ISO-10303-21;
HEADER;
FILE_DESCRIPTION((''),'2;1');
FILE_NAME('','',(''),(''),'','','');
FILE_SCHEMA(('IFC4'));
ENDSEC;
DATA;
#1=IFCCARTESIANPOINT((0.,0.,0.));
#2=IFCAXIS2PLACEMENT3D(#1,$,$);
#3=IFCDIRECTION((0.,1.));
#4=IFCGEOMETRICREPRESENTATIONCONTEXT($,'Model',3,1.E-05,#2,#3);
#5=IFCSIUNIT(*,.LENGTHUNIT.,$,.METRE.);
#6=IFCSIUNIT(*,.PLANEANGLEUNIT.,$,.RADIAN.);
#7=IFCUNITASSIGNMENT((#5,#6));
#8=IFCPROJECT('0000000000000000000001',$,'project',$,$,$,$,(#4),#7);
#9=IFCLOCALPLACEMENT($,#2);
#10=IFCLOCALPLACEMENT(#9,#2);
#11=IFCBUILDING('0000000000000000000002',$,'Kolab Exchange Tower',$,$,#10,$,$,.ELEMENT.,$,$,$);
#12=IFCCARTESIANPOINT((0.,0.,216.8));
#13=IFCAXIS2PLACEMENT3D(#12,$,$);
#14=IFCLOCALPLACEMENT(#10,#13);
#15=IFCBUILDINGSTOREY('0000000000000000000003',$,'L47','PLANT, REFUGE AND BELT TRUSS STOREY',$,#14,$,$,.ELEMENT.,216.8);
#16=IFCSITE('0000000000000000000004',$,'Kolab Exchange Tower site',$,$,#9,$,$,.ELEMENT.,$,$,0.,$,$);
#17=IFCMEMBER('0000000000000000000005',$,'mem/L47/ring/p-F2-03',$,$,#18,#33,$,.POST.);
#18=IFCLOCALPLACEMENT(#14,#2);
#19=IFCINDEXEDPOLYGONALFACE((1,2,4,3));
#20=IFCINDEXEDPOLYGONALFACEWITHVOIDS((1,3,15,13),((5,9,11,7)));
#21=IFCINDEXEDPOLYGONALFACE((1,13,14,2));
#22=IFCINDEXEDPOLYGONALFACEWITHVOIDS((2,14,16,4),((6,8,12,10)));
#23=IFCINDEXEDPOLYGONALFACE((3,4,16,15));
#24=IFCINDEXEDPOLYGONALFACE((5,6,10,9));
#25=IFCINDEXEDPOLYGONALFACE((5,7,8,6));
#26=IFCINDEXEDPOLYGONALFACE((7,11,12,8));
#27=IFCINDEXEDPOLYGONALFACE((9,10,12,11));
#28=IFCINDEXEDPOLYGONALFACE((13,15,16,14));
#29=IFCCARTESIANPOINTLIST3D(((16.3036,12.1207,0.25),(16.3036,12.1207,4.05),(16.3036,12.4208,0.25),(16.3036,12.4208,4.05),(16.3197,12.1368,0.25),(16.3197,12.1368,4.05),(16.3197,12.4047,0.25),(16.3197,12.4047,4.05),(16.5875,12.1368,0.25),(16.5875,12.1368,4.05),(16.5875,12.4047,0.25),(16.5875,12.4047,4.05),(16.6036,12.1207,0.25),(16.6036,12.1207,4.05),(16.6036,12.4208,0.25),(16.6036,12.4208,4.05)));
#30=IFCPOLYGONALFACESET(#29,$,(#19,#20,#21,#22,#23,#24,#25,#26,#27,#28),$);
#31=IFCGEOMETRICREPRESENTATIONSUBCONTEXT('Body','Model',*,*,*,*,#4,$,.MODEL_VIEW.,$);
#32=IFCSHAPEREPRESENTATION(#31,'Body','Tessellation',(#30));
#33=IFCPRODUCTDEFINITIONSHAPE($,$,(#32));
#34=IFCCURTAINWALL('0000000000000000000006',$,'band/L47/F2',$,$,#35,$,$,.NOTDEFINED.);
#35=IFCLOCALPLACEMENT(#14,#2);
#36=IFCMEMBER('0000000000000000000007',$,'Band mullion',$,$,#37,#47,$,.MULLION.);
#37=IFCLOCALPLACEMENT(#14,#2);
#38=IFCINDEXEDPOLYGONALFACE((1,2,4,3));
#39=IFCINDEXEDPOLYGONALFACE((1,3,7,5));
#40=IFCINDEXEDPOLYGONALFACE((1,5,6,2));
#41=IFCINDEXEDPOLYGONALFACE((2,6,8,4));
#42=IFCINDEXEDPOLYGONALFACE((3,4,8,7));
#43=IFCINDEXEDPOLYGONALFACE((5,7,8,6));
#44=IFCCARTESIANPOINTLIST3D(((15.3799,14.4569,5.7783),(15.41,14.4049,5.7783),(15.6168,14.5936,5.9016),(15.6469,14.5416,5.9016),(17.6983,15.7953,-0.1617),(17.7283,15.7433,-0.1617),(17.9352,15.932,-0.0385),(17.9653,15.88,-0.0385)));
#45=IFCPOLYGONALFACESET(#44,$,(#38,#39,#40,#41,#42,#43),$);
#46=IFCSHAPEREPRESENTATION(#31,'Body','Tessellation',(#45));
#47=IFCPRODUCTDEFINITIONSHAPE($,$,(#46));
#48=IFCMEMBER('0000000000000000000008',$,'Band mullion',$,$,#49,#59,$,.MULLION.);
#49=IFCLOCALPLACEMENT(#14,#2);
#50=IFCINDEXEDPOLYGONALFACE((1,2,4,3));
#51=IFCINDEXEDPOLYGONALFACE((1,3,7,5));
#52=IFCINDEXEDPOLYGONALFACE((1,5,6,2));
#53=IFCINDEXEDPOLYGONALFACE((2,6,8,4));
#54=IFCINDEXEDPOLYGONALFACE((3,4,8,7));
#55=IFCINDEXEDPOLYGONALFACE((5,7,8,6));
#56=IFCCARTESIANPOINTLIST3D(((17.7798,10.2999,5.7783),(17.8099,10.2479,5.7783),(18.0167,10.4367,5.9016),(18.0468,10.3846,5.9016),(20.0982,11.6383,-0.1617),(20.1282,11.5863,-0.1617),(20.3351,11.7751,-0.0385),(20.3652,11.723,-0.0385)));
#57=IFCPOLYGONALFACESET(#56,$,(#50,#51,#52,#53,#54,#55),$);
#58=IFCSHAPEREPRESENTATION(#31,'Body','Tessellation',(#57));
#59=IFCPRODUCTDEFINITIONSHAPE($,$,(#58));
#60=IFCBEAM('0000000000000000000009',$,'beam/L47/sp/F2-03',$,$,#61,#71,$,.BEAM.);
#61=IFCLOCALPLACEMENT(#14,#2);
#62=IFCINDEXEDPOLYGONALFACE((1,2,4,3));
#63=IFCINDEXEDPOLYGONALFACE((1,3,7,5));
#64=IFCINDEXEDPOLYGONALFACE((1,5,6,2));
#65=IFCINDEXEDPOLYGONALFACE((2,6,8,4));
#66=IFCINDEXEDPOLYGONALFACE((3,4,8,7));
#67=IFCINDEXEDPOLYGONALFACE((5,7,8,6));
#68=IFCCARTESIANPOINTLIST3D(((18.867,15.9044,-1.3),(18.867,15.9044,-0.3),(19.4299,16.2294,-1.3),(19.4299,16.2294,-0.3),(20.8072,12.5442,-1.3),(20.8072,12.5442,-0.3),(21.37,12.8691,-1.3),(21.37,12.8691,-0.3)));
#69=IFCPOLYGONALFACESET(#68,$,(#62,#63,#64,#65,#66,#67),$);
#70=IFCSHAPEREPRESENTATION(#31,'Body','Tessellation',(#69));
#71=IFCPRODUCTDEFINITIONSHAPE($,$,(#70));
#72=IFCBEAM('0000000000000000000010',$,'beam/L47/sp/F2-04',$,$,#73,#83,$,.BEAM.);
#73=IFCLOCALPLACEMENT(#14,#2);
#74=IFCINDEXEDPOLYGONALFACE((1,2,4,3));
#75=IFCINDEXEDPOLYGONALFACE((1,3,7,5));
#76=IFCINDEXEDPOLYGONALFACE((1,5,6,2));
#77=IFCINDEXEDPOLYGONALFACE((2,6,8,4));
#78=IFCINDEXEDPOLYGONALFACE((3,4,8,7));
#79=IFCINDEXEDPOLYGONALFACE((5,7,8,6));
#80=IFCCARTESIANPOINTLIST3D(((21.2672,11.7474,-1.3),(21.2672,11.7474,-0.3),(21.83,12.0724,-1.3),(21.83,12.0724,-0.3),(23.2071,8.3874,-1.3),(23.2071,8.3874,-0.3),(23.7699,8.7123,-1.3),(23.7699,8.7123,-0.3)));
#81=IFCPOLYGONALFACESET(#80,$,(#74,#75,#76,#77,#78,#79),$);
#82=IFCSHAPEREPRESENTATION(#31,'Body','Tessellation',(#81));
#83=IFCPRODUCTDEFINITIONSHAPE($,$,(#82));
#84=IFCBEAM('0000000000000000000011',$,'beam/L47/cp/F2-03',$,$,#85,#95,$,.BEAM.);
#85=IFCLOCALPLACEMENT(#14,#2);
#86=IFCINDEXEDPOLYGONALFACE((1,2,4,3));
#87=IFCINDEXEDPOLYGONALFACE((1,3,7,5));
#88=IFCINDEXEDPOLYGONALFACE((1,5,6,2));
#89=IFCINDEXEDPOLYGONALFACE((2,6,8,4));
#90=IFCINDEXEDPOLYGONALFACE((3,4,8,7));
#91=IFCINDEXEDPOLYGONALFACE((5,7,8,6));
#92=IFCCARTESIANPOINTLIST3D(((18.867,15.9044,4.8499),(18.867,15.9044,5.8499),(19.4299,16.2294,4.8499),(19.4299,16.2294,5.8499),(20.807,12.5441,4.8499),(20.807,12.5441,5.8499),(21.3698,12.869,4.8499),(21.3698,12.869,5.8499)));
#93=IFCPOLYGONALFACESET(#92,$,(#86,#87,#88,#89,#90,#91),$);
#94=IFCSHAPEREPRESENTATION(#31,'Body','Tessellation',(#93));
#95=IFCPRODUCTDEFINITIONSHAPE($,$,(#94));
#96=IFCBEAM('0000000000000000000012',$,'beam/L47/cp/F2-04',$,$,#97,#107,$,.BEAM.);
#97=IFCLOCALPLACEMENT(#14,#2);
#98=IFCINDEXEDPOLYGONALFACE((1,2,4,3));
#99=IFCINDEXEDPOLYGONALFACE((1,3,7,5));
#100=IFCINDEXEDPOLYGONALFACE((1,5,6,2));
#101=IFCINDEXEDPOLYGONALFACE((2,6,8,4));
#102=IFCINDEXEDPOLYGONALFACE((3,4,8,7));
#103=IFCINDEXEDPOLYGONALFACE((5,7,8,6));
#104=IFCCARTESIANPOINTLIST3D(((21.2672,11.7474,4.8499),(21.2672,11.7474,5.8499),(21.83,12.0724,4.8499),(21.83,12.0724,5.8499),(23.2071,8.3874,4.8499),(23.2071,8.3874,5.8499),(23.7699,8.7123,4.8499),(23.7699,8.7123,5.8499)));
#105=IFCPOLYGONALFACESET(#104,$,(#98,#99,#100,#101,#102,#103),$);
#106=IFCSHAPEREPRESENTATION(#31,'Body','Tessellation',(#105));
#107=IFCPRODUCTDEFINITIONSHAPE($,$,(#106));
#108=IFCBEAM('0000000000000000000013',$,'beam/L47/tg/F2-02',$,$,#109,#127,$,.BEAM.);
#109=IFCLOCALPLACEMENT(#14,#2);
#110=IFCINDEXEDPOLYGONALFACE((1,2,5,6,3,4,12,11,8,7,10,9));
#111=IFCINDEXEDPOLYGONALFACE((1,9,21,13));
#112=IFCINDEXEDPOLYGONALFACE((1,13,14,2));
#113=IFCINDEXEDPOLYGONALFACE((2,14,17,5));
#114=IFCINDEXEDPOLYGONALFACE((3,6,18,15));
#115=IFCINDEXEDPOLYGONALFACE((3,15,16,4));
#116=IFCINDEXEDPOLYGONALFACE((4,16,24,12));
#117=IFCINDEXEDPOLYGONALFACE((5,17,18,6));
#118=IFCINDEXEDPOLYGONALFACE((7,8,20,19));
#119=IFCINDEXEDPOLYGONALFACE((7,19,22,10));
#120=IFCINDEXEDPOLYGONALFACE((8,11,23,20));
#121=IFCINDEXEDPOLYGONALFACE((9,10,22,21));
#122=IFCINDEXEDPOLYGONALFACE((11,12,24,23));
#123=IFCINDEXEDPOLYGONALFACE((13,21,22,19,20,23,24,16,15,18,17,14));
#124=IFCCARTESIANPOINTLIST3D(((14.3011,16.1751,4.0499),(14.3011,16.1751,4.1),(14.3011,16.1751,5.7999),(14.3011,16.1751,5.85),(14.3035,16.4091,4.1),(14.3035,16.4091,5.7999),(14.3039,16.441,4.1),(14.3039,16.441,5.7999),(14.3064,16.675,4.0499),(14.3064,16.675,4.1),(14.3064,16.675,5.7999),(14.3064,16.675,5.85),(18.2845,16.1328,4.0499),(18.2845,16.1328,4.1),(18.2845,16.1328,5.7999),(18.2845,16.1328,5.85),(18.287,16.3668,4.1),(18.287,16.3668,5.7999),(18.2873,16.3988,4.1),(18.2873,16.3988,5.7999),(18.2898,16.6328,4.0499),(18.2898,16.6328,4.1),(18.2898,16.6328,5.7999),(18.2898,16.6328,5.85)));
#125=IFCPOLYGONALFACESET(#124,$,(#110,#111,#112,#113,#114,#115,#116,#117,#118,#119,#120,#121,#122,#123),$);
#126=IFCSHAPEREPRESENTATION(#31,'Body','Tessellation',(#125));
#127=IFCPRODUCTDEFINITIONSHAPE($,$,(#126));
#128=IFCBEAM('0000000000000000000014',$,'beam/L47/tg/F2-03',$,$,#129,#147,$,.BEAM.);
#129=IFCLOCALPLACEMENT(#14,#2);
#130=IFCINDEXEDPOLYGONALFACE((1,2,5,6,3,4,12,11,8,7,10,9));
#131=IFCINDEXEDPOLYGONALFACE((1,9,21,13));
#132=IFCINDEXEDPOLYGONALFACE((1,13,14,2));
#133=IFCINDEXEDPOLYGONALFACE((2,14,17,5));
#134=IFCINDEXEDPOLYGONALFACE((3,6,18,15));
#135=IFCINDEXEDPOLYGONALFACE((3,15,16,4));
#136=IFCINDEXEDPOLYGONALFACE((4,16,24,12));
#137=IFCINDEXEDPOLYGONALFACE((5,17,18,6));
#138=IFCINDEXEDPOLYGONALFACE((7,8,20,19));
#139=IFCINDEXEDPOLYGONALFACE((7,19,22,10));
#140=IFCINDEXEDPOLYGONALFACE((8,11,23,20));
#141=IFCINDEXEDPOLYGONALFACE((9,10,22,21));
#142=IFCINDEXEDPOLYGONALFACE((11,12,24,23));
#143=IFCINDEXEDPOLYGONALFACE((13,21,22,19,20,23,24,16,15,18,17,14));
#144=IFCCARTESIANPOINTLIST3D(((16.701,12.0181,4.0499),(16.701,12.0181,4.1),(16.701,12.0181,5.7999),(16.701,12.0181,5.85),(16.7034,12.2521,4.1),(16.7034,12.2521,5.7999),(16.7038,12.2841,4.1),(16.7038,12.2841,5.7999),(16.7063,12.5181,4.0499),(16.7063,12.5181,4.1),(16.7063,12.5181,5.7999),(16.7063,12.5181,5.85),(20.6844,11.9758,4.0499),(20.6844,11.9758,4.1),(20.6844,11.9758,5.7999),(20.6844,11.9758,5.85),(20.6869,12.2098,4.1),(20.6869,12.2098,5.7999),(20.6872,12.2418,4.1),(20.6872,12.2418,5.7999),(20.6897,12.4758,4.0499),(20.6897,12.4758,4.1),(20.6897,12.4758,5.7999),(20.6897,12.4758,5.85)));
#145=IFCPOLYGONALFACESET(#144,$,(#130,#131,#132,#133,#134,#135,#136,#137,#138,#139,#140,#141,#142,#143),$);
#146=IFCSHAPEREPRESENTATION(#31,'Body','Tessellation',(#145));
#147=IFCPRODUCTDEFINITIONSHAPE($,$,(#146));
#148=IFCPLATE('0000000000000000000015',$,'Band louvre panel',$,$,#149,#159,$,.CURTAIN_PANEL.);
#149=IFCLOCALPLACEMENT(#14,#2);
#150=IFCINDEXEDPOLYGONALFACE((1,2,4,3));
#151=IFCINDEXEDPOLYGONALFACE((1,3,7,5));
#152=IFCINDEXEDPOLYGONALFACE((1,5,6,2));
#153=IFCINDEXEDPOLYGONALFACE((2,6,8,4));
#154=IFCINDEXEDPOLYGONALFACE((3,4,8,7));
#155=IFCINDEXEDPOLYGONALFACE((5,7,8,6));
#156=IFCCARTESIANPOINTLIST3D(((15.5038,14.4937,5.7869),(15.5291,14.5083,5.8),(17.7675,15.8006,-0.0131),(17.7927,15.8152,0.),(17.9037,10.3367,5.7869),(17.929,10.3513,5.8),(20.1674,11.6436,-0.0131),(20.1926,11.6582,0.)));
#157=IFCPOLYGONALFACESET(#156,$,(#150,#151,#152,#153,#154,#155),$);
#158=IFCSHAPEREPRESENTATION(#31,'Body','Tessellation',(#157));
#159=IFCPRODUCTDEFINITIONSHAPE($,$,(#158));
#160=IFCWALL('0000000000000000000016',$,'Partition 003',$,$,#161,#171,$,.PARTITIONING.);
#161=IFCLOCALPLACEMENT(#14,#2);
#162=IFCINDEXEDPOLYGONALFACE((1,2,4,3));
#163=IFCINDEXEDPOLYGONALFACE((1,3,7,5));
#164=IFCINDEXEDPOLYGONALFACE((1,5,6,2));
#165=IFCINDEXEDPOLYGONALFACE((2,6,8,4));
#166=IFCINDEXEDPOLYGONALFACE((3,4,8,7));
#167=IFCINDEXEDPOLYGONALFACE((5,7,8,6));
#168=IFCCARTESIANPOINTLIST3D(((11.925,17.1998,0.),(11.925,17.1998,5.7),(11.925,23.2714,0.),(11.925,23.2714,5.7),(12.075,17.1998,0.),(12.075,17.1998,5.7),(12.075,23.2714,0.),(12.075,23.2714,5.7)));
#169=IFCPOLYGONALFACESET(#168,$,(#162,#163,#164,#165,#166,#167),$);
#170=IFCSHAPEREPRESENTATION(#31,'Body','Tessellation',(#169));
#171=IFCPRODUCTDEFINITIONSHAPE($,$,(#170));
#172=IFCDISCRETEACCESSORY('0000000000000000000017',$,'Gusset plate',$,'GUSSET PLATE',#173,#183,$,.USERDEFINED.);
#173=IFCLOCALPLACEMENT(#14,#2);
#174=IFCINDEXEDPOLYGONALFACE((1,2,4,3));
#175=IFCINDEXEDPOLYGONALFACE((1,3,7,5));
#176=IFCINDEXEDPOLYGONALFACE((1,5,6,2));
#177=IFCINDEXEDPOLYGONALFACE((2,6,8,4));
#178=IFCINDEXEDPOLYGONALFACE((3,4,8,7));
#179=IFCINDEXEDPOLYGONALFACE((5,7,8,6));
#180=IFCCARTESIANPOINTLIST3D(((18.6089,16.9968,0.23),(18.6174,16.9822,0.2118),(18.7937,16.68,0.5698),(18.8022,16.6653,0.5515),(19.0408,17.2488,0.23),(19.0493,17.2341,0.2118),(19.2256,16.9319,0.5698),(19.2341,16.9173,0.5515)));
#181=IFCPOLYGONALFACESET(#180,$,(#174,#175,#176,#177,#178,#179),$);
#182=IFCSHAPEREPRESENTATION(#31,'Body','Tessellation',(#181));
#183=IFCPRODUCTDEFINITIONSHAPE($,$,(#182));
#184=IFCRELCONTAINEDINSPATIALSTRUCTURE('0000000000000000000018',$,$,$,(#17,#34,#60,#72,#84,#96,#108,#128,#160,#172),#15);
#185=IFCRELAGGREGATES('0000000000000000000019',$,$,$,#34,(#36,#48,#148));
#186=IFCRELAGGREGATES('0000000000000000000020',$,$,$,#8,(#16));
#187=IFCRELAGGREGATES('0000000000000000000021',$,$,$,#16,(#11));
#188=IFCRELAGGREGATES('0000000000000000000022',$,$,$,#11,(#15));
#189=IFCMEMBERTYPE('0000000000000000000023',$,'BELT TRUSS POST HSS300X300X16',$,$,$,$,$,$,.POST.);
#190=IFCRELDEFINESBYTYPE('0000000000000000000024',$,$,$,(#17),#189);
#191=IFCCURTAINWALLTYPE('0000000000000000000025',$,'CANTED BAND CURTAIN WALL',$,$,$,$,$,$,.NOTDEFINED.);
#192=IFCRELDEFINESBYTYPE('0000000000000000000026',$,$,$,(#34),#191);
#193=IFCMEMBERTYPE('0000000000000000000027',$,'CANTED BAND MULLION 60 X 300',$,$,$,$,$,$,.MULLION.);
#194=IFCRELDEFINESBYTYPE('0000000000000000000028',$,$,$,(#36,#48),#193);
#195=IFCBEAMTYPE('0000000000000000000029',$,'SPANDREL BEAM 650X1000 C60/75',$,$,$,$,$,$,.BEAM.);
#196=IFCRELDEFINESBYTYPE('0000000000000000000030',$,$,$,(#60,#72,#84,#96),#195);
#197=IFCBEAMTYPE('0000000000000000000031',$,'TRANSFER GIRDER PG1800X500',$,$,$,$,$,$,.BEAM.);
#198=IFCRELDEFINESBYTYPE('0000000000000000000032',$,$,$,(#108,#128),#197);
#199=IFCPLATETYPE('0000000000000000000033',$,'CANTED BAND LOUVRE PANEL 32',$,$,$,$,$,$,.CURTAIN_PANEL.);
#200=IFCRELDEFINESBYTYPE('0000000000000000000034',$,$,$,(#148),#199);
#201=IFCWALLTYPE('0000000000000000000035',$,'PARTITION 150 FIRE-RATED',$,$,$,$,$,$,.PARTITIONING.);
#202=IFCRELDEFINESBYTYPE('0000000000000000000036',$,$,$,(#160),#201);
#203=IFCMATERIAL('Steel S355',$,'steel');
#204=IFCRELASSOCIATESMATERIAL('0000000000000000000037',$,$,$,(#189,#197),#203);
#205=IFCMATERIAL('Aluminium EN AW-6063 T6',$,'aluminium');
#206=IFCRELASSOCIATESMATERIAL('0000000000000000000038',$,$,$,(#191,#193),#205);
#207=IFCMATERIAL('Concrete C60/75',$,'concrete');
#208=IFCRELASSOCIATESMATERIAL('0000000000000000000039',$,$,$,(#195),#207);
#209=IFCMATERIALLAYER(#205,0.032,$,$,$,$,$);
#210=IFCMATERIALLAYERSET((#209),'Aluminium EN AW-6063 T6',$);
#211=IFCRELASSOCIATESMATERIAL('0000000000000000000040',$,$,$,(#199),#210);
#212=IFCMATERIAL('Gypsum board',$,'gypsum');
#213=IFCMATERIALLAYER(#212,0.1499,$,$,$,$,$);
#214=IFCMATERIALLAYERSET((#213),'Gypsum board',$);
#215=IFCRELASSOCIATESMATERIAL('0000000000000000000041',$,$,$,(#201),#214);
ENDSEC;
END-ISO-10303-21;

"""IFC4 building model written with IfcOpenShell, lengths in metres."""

from ifc_helpers import new_model, si_unit, direction, frame, frame_2d, origin, origin_2d, place, context, subcontext, project, spatial, polyline, rectangle, hollow_rectangle, i_section, outline, extrude, material, layer, layer_set, material_profile, profile_set, type_object, element, aggregate, save


model = new_model("IFC4")

# Units and contexts
model_context = context("Model", 3, precision=1e-05, world=origin(), true_north=direction((0.0, 1.0)))
body_context = subcontext(model_context, "Body", "Model", "MODEL_VIEW")
ifc_project = project(units=[si_unit("LENGTHUNIT", "METRE"), si_unit("PLANEANGLEUNIT", "RADIAN")], contexts=[model_context])

# Site, building, storey
site_placement = place(None, origin())
site = spatial("IfcSite", under=ifc_project, at=site_placement, Name="Kolab Exchange Tower site", CompositionType="ELEMENT", RefElevation=0.0)
building_placement = place(site_placement, origin())
building = spatial("IfcBuilding", under=site, at=building_placement, Name="Kolab Exchange Tower", CompositionType="ELEMENT")
storey_placement = place(building_placement, frame((0.0, 0.0, 216.8)))
storey = spatial("IfcBuildingStorey", under=building, at=storey_placement, Name="L47", Description="PLANT, REFUGE AND BELT TRUSS STOREY", CompositionType="ELEMENT", Elevation=216.8)

# Shared definitions
ifc_material_1 = material(Name="Concrete C60/75", Category="concrete")

# Shared definitions
ifc_material_2 = material(Name="Steel S355", Category="steel")

# Member
ifc_material_profile_1 = material_profile(ifc_material_2, hollow_rectangle(XDim=0.3, YDim=0.3, WallThickness=0.0161, at=origin_2d()), Name="HSS300X300X16")
ifc_profile_set_1 = profile_set([ifc_material_profile_1], Name="Steel S355")
member_type_1 = type_object("IfcMemberType", Name="BELT TRUSS POST HSS300X300X16", PredefinedType="POST", material=ifc_profile_set_1)
for number, where, z_axis, x_axis, name in (
    (1, (16.4536, 12.2708, 0.25), (0.0, 0.0, 1.0), (1.0, 0.0, 0.0), "mem/L47/ring/p-F2-03"),
):
    element("IfcMember", number, at=place(storey_placement, frame(where, z_axis=z_axis, x_axis=x_axis)), inside=storey, type_object=member_type_1, Name=name, PredefinedType="POST", context=body_context, shape_type="SweptSolid", body=[
        extrude(hollow_rectangle(XDim=0.3, YDim=0.3, WallThickness=0.0161, at=origin_2d()), origin(), (0.0, 0.0, 1.0), 3.8),
    ])

# Curtain wall, members
ifc_material_3 = material(Name="Aluminium EN AW-6063 T6", Category="aluminium")
curtain_wall_type = type_object("IfcCurtainWallType", Name="CANTED BAND CURTAIN WALL", PredefinedType="NOTDEFINED", material=ifc_material_3)
curtain_wall_placement = place(storey_placement, origin())
curtain_wall = element("IfcCurtainWall", 2, at=curtain_wall_placement, inside=storey, type_object=curtain_wall_type, Name="band/L47/F2", PredefinedType="NOTDEFINED")
ifc_material_profile_2 = material_profile(ifc_material_3, rectangle(XDim=0.0601, YDim=0.3, at=origin_2d()), Name="RECT 60X300")
ifc_profile_set_2 = profile_set([ifc_material_profile_2], Name="Aluminium EN AW-6063 T6")
member_type_2 = type_object("IfcMemberType", Name="CANTED BAND MULLION 60 X 300", PredefinedType="MULLION", material=ifc_profile_set_2)
member_1_placement = place(storey_placement, frame((17.8318, 15.8376, -0.1001), z_axis=(-0.355834, -0.205421, 0.911693), x_axis=(0.499965, -0.866046, 0.0)))
member_1 = element("IfcMember", 3, at=member_1_placement, type_object=member_type_2, Name="Band mullion", PredefinedType="MULLION", context=body_context, shape_type="SweptSolid", body=[
    extrude(rectangle(XDim=0.0601, YDim=0.3, at=origin_2d()), origin(), (0.0, 0.0, 1.0), 6.5154),
])
member_2_placement = place(storey_placement, frame((20.2317, 11.6807, -0.1001), z_axis=(-0.355834, -0.205421, 0.911693), x_axis=(0.499965, -0.866046, 0.0)))
member_2 = element("IfcMember", 4, at=member_2_placement, type_object=member_type_2, Name="Band mullion", PredefinedType="MULLION", context=body_context, shape_type="SweptSolid", body=[
    extrude(rectangle(XDim=0.0601, YDim=0.3, at=origin_2d()), origin(), (0.0, 0.0, 1.0), 6.5154),
])

# Beams
ifc_material_profile_3 = material_profile(ifc_material_1, rectangle(XDim=0.6499, YDim=1.0, at=origin_2d()), Name="RC650X1000")
ifc_profile_set_3 = profile_set([ifc_material_profile_3], Name="Concrete C60/75")
beam_type_1 = type_object("IfcBeamType", Name="SPANDREL BEAM 650X1000 C60/75", PredefinedType="BEAM", material=ifc_profile_set_3)
beam_1_placement = place(storey_placement, frame((19.1484, 16.0669, -0.8), z_axis=(0.500017, -0.866016, 0.0), x_axis=(0.866016, 0.500017, 0.0)))
element("IfcBeam", 5, at=beam_1_placement, inside=storey, type_object=beam_type_1, Name="beam/L47/sp/F2-03", PredefinedType="BEAM", context=body_context, shape_type="SweptSolid", body=[
    extrude(rectangle(XDim=0.6499, YDim=1.0, at=origin_2d()), origin(), (0.0, 0.0, 1.0), 3.8801),
])
beam_2_placement = place(storey_placement, frame((21.5486, 11.9099, -0.8), z_axis=(0.499997, -0.866027, 0.0), x_axis=(0.866027, 0.499997, 0.0)))
element("IfcBeam", 6, at=beam_2_placement, inside=storey, type_object=beam_type_1, Name="beam/L47/sp/F2-04", PredefinedType="BEAM", context=body_context, shape_type="SweptSolid", body=[
    extrude(rectangle(XDim=0.6499, YDim=1.0, at=origin_2d()), origin(), (0.0, 0.0, 1.0), 3.8799),
])
beam_3_placement = place(storey_placement, frame((19.1484, 16.0669, 5.3499), z_axis=(0.499969, -0.866043, 0.0), x_axis=(0.866043, 0.499969, 0.0)))
element("IfcBeam", 7, at=beam_3_placement, inside=storey, type_object=beam_type_1, Name="beam/L47/cp/F2-03", PredefinedType="BEAM", context=body_context, shape_type="SweptSolid", body=[
    extrude(rectangle(XDim=0.6499, YDim=1.0, at=origin_2d()), origin(), (0.0, 0.0, 1.0), 3.8801),
])
beam_4_placement = place(storey_placement, frame((21.5486, 11.9099, 5.3499), z_axis=(0.499997, -0.866027, 0.0), x_axis=(0.866027, 0.499997, 0.0)))
element("IfcBeam", 8, at=beam_4_placement, inside=storey, type_object=beam_type_1, Name="beam/L47/cp/F2-04", PredefinedType="BEAM", context=body_context, shape_type="SweptSolid", body=[
    extrude(rectangle(XDim=0.6499, YDim=1.0, at=origin_2d()), origin(), (0.0, 0.0, 1.0), 3.8799),
])
ifc_material_profile_4 = material_profile(ifc_material_2, i_section(OverallWidth=0.5, OverallDepth=1.8, WebThickness=0.032, FlangeThickness=0.05, at=origin_2d()), Name="PG1800X500")
ifc_profile_set_4 = profile_set([ifc_material_profile_4], Name="Steel S355")
beam_type_2 = type_object("IfcBeamType", Name="TRANSFER GIRDER PG1800X500", PredefinedType="BEAM", material=ifc_profile_set_4)
for number, where, z_axis, x_axis, name in (
    (9, (14.3037, 16.425, 4.95), (0.999944, -0.010602, 0.0), (0.010602, 0.999944, 0.0), "beam/L47/tg/F2-02"),
    (10, (16.7036, 12.2681, 4.95), (0.999944, -0.010602, 0.0), (0.010602, 0.999944, 0.0), "beam/L47/tg/F2-03"),
):
    element("IfcBeam", number, at=place(storey_placement, frame(where, z_axis=z_axis, x_axis=x_axis)), inside=storey, type_object=beam_type_2, Name=name, PredefinedType="BEAM", context=body_context, shape_type="SweptSolid", body=[
        extrude(i_section(OverallWidth=0.5, OverallDepth=1.8, WebThickness=0.032, FlangeThickness=0.05, at=origin_2d()), origin(), (0.0, 0.0, 1.0), 3.9836),
    ])

# Plate
ifc_layer_1 = layer(ifc_material_3, 0.032)
ifc_layer_set_1 = layer_set([ifc_layer_1], Name="Aluminium EN AW-6063 T6")
plate_type = type_object("IfcPlateType", Name="CANTED BAND LOUVRE PANEL 32", PredefinedType="CURTAIN_PANEL", material=ifc_layer_set_1)
plate_placement = place(storey_placement, frame((17.7927, 15.8152, 0.0), z_axis=(0.789563, 0.45583, 0.410864), x_axis=(0.499979, -0.866037, 0.0)))
plate = element("IfcPlate", 11, at=plate_placement, type_object=plate_type, Name="Band louvre panel", PredefinedType="CURTAIN_PANEL", context=body_context, shape_type="SweptSolid", body=[
    extrude(outline(polyline([(0.0, 0.0), (4.8, 0.0), (4.8, -6.3618), (0.0, -6.3618), (0.0, 0.0)])), origin(), (0.0, 0.0, -1.0), 0.032),
])
aggregate(curtain_wall, [member_1, member_2, plate])

# Wall
ifc_material_4 = material(Name="Gypsum board", Category="gypsum")
ifc_layer_2 = layer(ifc_material_4, 0.1499)
ifc_layer_set_2 = layer_set([ifc_layer_2], Name="Gypsum board")
wall_type = type_object("IfcWallType", Name="PARTITION 150 FIRE-RATED", PredefinedType="PARTITIONING", material=ifc_layer_set_2)
wall_placement = place(storey_placement, frame((12.0, 17.2, 0.0), z_axis=(0.0, 0.0, 1.0), x_axis=(0.0, 1.0, 0.0)))
element("IfcWall", 12, at=wall_placement, inside=storey, type_object=wall_type, Name="Partition 003", PredefinedType="PARTITIONING", context=body_context, shape_type="SweptSolid", body=[
    extrude(rectangle(XDim=6.0715, YDim=0.1499, at=frame_2d((3.0356, 0.0))), origin(), (0.0, 0.0, 1.0), 5.7),
])

# Discrete accessory
for number, where, z_axis, x_axis, name in (
    (13, (18.9172, 16.9644, 0.3999), (0.342381, -0.586939, -0.733674), (0.863779, 0.503871, 0.0), "Gusset plate"),
):
    element("IfcDiscreteAccessory", number, at=place(storey_placement, frame(where, z_axis=z_axis, x_axis=x_axis)), inside=storey, Name=name, ObjectType="GUSSET PLATE", PredefinedType="USERDEFINED", context=body_context, shape_type="SweptSolid", body=[
        extrude(rectangle(XDim=0.5, YDim=0.5, at=origin_2d()), origin(), (0.0, 0.0, 1.0), 0.0249),
    ])

save(model, "model.ifc")
